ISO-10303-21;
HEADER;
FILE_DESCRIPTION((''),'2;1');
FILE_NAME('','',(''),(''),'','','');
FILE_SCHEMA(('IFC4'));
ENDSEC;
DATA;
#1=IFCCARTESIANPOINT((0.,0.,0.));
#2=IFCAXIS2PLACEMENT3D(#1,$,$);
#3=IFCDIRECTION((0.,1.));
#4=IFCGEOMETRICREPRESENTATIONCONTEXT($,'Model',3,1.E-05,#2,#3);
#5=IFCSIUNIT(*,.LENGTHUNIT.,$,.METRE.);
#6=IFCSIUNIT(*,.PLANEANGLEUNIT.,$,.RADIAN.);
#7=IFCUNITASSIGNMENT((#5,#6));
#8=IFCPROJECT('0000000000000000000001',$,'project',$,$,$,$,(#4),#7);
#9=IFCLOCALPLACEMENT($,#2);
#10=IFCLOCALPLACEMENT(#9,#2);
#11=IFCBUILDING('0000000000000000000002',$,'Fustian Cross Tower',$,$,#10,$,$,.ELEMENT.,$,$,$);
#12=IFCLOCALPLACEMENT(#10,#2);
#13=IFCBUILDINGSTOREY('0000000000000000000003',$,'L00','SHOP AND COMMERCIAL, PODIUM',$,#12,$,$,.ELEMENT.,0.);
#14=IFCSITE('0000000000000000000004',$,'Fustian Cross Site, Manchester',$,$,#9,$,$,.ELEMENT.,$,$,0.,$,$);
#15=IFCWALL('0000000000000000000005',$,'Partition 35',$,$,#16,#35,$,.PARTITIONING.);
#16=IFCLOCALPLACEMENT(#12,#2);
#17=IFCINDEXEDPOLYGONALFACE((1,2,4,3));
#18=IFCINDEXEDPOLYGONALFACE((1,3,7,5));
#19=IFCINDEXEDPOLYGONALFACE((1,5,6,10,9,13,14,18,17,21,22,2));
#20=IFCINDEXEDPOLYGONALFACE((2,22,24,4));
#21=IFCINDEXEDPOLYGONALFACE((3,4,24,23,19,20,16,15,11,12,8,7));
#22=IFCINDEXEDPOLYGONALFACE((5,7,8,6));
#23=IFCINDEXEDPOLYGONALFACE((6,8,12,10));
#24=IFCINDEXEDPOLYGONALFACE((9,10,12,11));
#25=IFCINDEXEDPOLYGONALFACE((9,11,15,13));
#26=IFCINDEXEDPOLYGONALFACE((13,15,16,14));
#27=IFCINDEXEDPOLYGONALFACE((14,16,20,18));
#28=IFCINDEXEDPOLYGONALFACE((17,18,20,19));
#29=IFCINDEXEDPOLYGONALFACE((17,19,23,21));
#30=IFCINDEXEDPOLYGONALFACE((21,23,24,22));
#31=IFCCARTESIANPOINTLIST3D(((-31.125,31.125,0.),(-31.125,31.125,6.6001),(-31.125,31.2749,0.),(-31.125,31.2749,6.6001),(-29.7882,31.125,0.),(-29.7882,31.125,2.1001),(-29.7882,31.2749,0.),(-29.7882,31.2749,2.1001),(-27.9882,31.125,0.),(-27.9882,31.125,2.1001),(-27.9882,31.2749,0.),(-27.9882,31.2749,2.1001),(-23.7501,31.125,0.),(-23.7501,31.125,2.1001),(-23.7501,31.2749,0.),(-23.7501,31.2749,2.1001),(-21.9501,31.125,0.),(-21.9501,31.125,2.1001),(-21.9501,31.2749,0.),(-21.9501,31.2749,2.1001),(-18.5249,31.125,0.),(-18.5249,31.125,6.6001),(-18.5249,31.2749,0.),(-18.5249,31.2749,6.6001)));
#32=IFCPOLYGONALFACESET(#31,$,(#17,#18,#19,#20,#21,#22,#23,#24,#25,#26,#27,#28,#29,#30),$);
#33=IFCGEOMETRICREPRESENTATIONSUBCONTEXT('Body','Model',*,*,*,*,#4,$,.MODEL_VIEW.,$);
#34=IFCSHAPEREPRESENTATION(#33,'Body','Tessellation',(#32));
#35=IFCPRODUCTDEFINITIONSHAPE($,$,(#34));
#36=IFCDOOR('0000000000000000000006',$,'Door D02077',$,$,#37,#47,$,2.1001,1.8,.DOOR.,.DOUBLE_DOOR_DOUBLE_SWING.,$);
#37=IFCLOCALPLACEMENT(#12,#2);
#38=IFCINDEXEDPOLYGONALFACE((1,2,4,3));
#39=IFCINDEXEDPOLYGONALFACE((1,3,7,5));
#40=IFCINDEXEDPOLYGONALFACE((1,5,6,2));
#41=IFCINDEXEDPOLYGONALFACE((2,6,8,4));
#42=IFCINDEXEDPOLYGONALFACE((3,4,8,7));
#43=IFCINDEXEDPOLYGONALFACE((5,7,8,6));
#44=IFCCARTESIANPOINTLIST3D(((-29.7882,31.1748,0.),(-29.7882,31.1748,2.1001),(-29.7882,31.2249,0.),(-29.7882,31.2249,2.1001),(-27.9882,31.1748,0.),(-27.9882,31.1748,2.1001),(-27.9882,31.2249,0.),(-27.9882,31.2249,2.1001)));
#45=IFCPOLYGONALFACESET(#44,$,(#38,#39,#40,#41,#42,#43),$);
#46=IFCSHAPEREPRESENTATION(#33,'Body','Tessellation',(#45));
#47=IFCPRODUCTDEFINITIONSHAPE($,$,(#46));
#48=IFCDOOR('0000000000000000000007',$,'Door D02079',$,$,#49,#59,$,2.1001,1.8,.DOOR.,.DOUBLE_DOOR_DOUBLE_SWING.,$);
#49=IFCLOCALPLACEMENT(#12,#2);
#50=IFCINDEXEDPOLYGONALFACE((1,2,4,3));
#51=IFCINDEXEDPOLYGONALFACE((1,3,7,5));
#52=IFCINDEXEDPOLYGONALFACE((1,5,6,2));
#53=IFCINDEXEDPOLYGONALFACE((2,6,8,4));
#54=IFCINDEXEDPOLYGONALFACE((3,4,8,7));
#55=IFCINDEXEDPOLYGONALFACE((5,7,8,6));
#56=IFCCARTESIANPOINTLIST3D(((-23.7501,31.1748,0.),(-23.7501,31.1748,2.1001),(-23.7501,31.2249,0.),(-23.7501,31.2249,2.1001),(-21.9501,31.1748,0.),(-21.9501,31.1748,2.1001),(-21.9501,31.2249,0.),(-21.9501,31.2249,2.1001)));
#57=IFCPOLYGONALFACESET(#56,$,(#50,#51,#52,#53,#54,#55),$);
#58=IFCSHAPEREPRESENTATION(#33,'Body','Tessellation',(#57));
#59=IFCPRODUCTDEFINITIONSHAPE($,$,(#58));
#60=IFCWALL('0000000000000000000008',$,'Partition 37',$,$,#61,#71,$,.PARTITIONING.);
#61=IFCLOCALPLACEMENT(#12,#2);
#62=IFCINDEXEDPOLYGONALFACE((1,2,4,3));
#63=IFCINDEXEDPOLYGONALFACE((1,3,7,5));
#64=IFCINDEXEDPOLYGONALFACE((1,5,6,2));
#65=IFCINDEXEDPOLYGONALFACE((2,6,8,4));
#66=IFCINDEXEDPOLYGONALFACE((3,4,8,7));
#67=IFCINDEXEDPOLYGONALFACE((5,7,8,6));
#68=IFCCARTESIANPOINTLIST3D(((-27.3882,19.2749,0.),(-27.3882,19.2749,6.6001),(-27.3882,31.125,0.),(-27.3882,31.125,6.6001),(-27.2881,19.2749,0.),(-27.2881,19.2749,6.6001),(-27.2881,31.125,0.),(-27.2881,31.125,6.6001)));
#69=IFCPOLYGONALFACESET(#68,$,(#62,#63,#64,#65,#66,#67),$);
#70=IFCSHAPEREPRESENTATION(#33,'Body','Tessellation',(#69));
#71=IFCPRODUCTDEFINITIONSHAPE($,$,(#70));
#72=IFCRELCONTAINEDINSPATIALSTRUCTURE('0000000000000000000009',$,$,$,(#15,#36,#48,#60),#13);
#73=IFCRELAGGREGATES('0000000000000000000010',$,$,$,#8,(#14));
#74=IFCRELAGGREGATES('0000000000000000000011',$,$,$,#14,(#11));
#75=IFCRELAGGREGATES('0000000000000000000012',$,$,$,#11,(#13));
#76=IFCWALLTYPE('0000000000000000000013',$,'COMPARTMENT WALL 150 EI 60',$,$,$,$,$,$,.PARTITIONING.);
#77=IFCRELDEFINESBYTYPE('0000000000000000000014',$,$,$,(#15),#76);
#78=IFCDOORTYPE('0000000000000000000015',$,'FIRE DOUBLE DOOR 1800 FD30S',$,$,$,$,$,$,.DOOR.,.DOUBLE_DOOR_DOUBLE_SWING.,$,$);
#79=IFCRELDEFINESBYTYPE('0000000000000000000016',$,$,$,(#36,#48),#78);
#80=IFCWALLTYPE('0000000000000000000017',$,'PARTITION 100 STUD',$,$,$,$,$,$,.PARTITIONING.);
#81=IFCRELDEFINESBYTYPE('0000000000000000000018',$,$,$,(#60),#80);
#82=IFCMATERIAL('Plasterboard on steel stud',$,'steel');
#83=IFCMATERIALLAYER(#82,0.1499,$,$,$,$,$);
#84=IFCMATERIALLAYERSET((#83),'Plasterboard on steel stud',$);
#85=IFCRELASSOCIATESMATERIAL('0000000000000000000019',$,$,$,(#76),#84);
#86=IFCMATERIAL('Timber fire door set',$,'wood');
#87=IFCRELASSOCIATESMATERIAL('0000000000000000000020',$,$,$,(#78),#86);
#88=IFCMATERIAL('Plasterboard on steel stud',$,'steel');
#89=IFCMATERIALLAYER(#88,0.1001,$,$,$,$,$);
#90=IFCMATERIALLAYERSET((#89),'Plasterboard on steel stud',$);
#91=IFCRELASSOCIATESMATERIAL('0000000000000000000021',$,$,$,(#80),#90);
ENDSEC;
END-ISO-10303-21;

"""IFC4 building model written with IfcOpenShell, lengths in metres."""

from ifc_helpers import new_model, si_unit, direction, frame, frame_2d, origin, place, context, subcontext, project, spatial, rectangle, extrude, material, layer, layer_set, type_object, element, fill, save


model = new_model("IFC4")

# Units and contexts
model_context = context("Model", 3, precision=1e-05, world=origin(), true_north=direction((0.0, 1.0)))
body_context = subcontext(model_context, "Body", "Model", "MODEL_VIEW")
ifc_project = project(units=[si_unit("LENGTHUNIT", "METRE"), si_unit("PLANEANGLEUNIT", "RADIAN")], contexts=[model_context])

# Site, building, storey
site_placement = place(None, origin())
site = spatial("IfcSite", under=ifc_project, at=site_placement, Name="Fustian Cross Site, Manchester", CompositionType="ELEMENT", RefElevation=0.0)
building_placement = place(site_placement, origin())
building = spatial("IfcBuilding", under=site, at=building_placement, Name="Fustian Cross Tower", CompositionType="ELEMENT")
storey_placement = place(building_placement, origin())
storey = spatial("IfcBuildingStorey", under=building, at=storey_placement, Name="L00", Description="SHOP AND COMMERCIAL, PODIUM", CompositionType="ELEMENT", Elevation=0.0)

# Shared definitions
ifc_material_1 = material(Name="Plasterboard on steel stud", Category="steel")
ifc_layer_1 = layer(ifc_material_1, 0.1499)
ifc_layer_set_1 = layer_set([ifc_layer_1], Name="Plasterboard on steel stud")
wall_type_1 = type_object("IfcWallType", Name="COMPARTMENT WALL 150 EI 60", PredefinedType="PARTITIONING", material=ifc_layer_set_1)
ifc_material_2 = material(Name="Timber fire door set", Category="wood")
door_type = type_object("IfcDoorType", Name="FIRE DOUBLE DOOR 1800 FD30S", OperationType="DOUBLE_DOOR_DOUBLE_SWING", PredefinedType="DOOR", material=ifc_material_2)

# Wall, openings, doors
wall_1_placement = place(storey_placement, frame((-31.125, 31.2, 0.0), z_axis=(0.0, 0.0, 1.0), x_axis=(1.0, 0.0, 0.0)))
wall_1 = element("IfcWall", 1, at=wall_1_placement, inside=storey, type_object=wall_type_1, Name="Partition 35", PredefinedType="PARTITIONING", context=body_context, shape_type="SweptSolid", body=[
    extrude(rectangle(XDim=12.6001, YDim=0.1499, at=frame_2d((6.3, 0.0))), origin(), (0.0, 0.0, 1.0), 6.6001),
])
opening_1_placement = place(wall_1_placement, frame((1.3369, 0.0, 0.0)))
opening_1 = element("IfcOpeningElement", 2, at=opening_1_placement, cuts=wall_1, PredefinedType="OPENING", context=body_context, shape_type="SweptSolid", body=[
    extrude(rectangle(XDim=1.8, YDim=2.1001, at=frame_2d((0.8999, 1.05))), frame((0.0, 0.085, 0.0), z_axis=(0.0, -1.0, 0.0), x_axis=(1.0, 0.0, 0.0)), (0.0, 0.0, 1.0), 0.1699),
])
opening_2_placement = place(wall_1_placement, frame((7.375, 0.0, 0.0)))
opening_2 = element("IfcOpeningElement", 3, at=opening_2_placement, cuts=wall_1, PredefinedType="OPENING", context=body_context, shape_type="SweptSolid", body=[
    extrude(rectangle(XDim=1.8, YDim=2.1001, at=frame_2d((0.8999, 1.05))), frame((0.0, 0.085, 0.0), z_axis=(0.0, -1.0, 0.0), x_axis=(1.0, 0.0, 0.0)), (0.0, 0.0, 1.0), 0.1699),
])
door_1_placement = place(opening_1_placement, origin())
door_1 = element("IfcDoor", 4, at=door_1_placement, inside=storey, type_object=door_type, Name="Door D02077", OperationType="DOUBLE_DOOR_DOUBLE_SWING", OverallHeight=2.1001, OverallWidth=1.8, PredefinedType="DOOR", context=body_context, shape_type="SweptSolid", body=[
    extrude(rectangle(XDim=1.8, YDim=2.1001, at=frame_2d((0.8999, 1.05))), frame((0.0, 0.0249, 0.0), z_axis=(0.0, -1.0, 0.0), x_axis=(1.0, 0.0, 0.0)), (0.0, 0.0, 1.0), 0.05),
])
fill(opening_1, door_1)
door_2_placement = place(opening_2_placement, origin())
door_2 = element("IfcDoor", 5, at=door_2_placement, inside=storey, type_object=door_type, Name="Door D02079", OperationType="DOUBLE_DOOR_DOUBLE_SWING", OverallHeight=2.1001, OverallWidth=1.8, PredefinedType="DOOR", context=body_context, shape_type="SweptSolid", body=[
    extrude(rectangle(XDim=1.8, YDim=2.1001, at=frame_2d((0.8999, 1.05))), frame((0.0, 0.0249, 0.0), z_axis=(0.0, -1.0, 0.0), x_axis=(1.0, 0.0, 0.0)), (0.0, 0.0, 1.0), 0.05),
])
fill(opening_2, door_2)

# Wall
ifc_material_3 = material(Name="Plasterboard on steel stud", Category="steel")
ifc_layer_2 = layer(ifc_material_3, 0.1001)
ifc_layer_set_2 = layer_set([ifc_layer_2], Name="Plasterboard on steel stud")
wall_type_2 = type_object("IfcWallType", Name="PARTITION 100 STUD", PredefinedType="PARTITIONING", material=ifc_layer_set_2)
wall_2_placement = place(storey_placement, frame((-27.3381, 19.2749, 0.0), z_axis=(0.0, 0.0, 1.0), x_axis=(0.0, 1.0, 0.0)))
element("IfcWall", 6, at=wall_2_placement, inside=storey, type_object=wall_type_2, Name="Partition 37", PredefinedType="PARTITIONING", context=body_context, shape_type="SweptSolid", body=[
    extrude(rectangle(XDim=11.8501, YDim=0.1001, at=frame_2d((5.925, 0.0))), origin(), (0.0, 0.0, 1.0), 6.6001),
])

save(model, "model.ifc")
